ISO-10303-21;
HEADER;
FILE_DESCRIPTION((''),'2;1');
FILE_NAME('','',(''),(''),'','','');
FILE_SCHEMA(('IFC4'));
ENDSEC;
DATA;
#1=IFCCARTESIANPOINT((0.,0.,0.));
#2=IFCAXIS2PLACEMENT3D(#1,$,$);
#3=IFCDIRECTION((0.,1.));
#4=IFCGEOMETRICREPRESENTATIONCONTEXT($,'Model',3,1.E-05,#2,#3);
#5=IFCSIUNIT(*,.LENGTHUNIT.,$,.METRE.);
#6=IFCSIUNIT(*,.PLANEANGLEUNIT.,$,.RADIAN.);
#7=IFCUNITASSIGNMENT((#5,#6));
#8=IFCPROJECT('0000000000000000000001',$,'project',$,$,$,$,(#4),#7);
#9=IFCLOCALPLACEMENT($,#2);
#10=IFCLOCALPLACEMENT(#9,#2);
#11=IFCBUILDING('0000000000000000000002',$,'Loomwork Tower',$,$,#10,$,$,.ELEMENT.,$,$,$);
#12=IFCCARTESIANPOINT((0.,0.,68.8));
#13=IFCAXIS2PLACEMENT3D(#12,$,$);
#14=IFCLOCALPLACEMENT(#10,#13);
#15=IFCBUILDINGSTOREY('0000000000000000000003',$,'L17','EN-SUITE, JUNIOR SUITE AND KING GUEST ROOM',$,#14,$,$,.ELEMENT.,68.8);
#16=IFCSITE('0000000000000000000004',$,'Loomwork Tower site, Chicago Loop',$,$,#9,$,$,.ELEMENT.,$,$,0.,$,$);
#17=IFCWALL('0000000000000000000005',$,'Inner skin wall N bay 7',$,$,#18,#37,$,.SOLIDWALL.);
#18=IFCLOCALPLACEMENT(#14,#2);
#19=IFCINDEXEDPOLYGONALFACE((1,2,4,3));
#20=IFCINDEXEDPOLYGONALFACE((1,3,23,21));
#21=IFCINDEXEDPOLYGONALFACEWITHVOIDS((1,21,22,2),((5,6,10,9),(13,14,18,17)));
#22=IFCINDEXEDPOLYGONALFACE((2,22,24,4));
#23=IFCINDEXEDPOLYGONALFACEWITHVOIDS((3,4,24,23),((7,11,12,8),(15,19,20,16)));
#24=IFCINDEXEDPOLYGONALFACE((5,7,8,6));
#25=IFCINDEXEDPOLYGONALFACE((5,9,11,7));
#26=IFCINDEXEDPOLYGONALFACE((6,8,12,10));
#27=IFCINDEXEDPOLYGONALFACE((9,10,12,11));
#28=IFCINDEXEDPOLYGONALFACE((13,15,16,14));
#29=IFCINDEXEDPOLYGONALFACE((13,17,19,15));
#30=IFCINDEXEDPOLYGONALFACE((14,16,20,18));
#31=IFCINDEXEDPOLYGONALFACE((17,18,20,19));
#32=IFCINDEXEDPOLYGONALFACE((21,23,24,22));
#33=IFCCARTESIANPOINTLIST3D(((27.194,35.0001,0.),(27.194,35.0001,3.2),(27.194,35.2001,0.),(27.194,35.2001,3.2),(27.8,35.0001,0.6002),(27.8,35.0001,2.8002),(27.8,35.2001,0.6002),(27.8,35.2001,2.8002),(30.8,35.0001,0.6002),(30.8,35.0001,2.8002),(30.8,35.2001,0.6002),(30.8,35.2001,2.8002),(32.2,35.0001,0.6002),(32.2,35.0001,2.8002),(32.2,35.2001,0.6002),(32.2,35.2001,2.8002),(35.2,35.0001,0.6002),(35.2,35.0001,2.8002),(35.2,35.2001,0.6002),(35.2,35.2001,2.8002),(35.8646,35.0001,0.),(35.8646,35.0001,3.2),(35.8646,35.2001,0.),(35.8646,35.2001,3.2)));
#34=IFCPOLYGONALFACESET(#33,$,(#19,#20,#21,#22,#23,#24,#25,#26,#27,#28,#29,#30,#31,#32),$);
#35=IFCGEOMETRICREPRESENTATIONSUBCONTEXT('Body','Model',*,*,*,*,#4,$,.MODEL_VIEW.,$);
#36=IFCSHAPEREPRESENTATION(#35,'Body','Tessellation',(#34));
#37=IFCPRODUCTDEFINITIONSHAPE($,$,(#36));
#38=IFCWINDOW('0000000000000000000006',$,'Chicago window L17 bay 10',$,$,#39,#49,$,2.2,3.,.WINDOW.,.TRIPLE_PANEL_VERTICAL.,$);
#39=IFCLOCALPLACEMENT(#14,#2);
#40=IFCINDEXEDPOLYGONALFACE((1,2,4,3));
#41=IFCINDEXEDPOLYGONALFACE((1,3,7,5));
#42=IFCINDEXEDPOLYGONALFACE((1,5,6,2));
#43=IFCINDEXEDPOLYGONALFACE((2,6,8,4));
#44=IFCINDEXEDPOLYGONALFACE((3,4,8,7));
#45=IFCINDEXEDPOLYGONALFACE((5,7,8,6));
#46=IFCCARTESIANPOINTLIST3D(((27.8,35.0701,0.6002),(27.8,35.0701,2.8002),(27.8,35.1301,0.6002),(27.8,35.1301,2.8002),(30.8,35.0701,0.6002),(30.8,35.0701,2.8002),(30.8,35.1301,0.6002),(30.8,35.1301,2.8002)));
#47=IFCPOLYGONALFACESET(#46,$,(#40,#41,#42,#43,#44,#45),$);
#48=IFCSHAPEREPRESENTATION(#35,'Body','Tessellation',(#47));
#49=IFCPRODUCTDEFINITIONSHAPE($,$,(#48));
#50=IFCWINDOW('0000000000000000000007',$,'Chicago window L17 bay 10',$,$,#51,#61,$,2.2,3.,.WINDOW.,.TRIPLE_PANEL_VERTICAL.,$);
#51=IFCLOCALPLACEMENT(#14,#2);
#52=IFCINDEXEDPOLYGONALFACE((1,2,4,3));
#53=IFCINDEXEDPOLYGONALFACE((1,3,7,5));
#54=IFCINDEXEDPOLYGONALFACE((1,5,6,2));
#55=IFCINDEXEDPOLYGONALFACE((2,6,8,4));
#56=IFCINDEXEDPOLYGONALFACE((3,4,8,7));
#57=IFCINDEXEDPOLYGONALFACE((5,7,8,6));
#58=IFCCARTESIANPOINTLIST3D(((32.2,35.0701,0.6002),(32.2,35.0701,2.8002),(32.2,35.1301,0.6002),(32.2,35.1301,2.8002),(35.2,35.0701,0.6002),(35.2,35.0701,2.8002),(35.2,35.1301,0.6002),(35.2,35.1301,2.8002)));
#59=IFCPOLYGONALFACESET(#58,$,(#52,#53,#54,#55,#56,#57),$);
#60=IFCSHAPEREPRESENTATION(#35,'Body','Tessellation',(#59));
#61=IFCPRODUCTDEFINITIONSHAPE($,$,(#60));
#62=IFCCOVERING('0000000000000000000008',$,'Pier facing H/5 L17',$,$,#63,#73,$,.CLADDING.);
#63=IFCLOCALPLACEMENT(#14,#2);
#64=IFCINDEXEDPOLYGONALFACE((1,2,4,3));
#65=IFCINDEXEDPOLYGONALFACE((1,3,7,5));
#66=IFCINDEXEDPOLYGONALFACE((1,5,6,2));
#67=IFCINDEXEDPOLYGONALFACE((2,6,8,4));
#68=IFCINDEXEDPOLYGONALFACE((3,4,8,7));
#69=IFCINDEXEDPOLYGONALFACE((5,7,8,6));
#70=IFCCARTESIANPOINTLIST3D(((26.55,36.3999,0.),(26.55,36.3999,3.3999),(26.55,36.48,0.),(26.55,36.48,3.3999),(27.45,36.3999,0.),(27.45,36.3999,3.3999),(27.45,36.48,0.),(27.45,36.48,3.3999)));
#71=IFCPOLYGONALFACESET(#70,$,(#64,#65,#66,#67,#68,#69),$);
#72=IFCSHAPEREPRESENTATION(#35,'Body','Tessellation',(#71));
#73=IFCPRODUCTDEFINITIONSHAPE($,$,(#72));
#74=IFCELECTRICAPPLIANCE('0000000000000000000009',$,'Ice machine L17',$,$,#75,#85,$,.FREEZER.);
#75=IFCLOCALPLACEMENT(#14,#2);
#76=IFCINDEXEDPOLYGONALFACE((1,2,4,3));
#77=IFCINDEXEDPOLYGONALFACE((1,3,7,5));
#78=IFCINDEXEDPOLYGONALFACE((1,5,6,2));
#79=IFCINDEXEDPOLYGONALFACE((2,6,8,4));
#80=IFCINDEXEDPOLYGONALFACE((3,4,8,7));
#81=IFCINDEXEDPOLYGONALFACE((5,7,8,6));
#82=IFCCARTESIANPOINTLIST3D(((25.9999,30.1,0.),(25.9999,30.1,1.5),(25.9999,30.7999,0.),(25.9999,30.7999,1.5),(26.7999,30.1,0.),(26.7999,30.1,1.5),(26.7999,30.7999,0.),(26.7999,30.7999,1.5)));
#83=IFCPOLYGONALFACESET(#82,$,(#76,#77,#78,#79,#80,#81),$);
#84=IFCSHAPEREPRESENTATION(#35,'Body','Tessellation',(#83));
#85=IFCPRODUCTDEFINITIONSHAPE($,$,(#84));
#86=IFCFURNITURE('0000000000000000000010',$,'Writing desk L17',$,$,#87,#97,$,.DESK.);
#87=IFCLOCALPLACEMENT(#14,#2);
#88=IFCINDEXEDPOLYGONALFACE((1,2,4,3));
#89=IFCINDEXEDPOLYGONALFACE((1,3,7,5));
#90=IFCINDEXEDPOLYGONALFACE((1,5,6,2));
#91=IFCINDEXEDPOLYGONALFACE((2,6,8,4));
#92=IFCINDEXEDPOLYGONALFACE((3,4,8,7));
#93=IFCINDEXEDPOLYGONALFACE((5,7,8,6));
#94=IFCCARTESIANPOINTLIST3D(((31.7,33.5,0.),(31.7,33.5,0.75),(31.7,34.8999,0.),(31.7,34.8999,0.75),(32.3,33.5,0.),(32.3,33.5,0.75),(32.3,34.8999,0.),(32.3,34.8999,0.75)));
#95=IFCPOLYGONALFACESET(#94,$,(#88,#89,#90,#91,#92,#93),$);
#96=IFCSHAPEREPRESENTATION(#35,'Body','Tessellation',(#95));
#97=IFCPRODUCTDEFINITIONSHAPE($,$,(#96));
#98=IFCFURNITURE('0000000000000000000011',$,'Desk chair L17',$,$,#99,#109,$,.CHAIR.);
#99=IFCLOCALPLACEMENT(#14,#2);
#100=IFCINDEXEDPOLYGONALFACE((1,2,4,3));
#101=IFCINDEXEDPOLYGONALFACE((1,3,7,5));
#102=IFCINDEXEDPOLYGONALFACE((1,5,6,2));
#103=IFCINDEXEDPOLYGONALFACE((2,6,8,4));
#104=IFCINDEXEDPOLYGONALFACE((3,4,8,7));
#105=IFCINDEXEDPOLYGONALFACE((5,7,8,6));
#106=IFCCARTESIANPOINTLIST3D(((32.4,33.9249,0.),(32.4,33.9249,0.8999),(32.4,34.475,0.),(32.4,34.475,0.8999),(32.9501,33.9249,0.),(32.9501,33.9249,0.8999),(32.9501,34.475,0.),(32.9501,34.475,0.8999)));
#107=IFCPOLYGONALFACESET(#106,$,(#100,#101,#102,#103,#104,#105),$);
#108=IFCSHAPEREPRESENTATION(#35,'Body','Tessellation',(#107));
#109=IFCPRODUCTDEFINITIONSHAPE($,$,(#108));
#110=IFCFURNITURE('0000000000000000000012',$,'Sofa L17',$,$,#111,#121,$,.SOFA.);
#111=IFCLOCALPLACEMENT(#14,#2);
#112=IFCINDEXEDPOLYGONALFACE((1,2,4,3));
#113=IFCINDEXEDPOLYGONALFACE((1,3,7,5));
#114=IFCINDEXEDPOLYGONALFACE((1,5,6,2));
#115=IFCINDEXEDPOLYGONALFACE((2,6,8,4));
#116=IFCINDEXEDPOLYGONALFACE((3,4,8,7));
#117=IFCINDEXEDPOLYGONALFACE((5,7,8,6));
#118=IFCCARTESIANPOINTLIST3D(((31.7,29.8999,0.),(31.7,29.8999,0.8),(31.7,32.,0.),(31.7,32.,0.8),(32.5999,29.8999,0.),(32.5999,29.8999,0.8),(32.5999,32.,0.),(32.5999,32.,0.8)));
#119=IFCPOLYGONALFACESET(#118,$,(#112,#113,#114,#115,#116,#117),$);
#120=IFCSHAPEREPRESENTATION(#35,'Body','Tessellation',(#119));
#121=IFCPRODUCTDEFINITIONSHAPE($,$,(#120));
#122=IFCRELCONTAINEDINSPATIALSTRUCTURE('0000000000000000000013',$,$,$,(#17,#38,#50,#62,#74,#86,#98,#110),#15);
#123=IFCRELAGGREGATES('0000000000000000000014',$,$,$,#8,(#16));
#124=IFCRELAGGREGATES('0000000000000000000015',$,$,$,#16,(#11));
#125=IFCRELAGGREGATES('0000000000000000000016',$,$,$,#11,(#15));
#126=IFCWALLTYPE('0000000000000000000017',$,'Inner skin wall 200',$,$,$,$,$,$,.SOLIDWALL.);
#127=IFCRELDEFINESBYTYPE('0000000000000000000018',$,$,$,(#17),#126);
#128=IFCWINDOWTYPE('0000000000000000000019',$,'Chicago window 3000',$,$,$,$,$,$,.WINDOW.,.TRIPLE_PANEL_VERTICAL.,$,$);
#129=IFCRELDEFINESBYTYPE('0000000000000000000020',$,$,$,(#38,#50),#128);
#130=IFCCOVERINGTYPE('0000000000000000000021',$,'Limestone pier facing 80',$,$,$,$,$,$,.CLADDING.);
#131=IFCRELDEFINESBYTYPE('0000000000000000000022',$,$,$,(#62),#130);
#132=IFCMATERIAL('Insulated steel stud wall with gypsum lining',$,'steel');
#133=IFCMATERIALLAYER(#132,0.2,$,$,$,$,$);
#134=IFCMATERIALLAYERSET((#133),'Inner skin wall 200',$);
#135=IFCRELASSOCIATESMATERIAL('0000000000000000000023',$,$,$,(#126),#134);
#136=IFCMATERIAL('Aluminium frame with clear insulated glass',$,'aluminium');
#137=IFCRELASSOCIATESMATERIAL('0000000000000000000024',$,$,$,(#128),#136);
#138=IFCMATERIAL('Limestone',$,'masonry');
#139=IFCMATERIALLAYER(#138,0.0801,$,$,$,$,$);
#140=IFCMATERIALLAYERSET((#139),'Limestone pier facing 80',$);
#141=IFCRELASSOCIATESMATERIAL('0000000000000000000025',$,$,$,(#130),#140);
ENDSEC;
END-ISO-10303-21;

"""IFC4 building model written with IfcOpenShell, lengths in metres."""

from ifc_helpers import new_model, si_unit, direction, frame, frame_2d, origin, origin_2d, place, context, subcontext, project, spatial, rectangle, extrude, material, layer, layer_set, type_object, element, fill, save


model = new_model("IFC4")

# Units and contexts
model_context = context("Model", 3, precision=1e-05, world=origin(), true_north=direction((0.0, 1.0)))
body_context = subcontext(model_context, "Body", "Model", "MODEL_VIEW")
ifc_project = project(units=[si_unit("LENGTHUNIT", "METRE"), si_unit("PLANEANGLEUNIT", "RADIAN")], contexts=[model_context])

# Site, building, storey
site_placement = place(None, origin())
site = spatial("IfcSite", under=ifc_project, at=site_placement, Name="Loomwork Tower site, Chicago Loop", CompositionType="ELEMENT", RefElevation=0.0)
building_placement = place(site_placement, origin())
building = spatial("IfcBuilding", under=site, at=building_placement, Name="Loomwork Tower", CompositionType="ELEMENT")
storey_placement = place(building_placement, frame((0.0, 0.0, 68.8)))
storey = spatial("IfcBuildingStorey", under=building, at=storey_placement, Name="L17", Description="EN-SUITE, JUNIOR SUITE AND KING GUEST ROOM", CompositionType="ELEMENT", Elevation=68.8)

# Shared definitions
ifc_material_1 = material(Name="Insulated steel stud wall with gypsum lining", Category="steel")
ifc_layer_1 = layer(ifc_material_1, 0.2)
ifc_layer_set_1 = layer_set([ifc_layer_1], Name="Inner skin wall 200")
wall_type = type_object("IfcWallType", Name="Inner skin wall 200", PredefinedType="SOLIDWALL", material=ifc_layer_set_1)

# Wall, openings, windows
wall_1_placement = place(storey_placement, frame((27.1938, 35.1001, 0.0), z_axis=(0.0, 0.0, 1.0), x_axis=(1.0, 0.0, 0.0)))
wall_1 = element("IfcWall", 1, at=wall_1_placement, inside=storey, type_object=wall_type, Name="Inner skin wall N bay 7", PredefinedType="SOLIDWALL", context=body_context, shape_type="SweptSolid", body=[
    extrude(rectangle(XDim=8.6707, YDim=0.2, at=frame_2d((4.3354, 0.0))), origin(), (0.0, 0.0, 1.0), 3.2),
])
opening_1_placement = place(wall_1_placement, frame((0.6062, 0.0, 0.6001)))
opening_1 = element("IfcOpeningElement", 2, at=opening_1_placement, cuts=wall_1, PredefinedType="OPENING", context=body_context, shape_type="SweptSolid", body=[
    extrude(rectangle(XDim=3.0, YDim=2.2, at=frame_2d((1.5, 1.1001))), frame((0.0, 0.1099, 0.0), z_axis=(0.0, -1.0, 0.0), x_axis=(1.0, 0.0, 0.0)), (0.0, 0.0, 1.0), 0.22),
])
opening_2_placement = place(wall_1_placement, frame((5.0061, 0.0, 0.6001)))
opening_2 = element("IfcOpeningElement", 3, at=opening_2_placement, cuts=wall_1, PredefinedType="OPENING", context=body_context, shape_type="SweptSolid", body=[
    extrude(rectangle(XDim=3.0, YDim=2.2, at=frame_2d((1.5, 1.1001))), frame((0.0, 0.1099, 0.0), z_axis=(0.0, -1.0, 0.0), x_axis=(1.0, 0.0, 0.0)), (0.0, 0.0, 1.0), 0.22),
])
ifc_material_2 = material(Name="Aluminium frame with clear insulated glass", Category="aluminium")
window_type = type_object("IfcWindowType", Name="Chicago window 3000", PartitioningType="TRIPLE_PANEL_VERTICAL", PredefinedType="WINDOW", material=ifc_material_2)
window_1_placement = place(opening_1_placement, origin())
window_1 = element("IfcWindow", 4, at=window_1_placement, inside=storey, type_object=window_type, Name="Chicago window L17 bay 10", OverallHeight=2.2, OverallWidth=3.0, PartitioningType="TRIPLE_PANEL_VERTICAL", PredefinedType="WINDOW", context=body_context, shape_type="SweptSolid", body=[
    extrude(rectangle(XDim=3.0, YDim=2.2, at=frame_2d((1.5, 1.1001))), frame((0.0, 0.03, 0.0), z_axis=(0.0, -1.0, 0.0), x_axis=(1.0, 0.0, 0.0)), (0.0, 0.0, 1.0), 0.0601),
])
fill(opening_1, window_1)
window_2_placement = place(opening_2_placement, origin())
window_2 = element("IfcWindow", 5, at=window_2_placement, inside=storey, type_object=window_type, Name="Chicago window L17 bay 10", OverallHeight=2.2, OverallWidth=3.0, PartitioningType="TRIPLE_PANEL_VERTICAL", PredefinedType="WINDOW", context=body_context, shape_type="SweptSolid", body=[
    extrude(rectangle(XDim=3.0, YDim=2.2, at=frame_2d((1.5, 1.1001))), frame((0.0, 0.03, 0.0), z_axis=(0.0, -1.0, 0.0), x_axis=(1.0, 0.0, 0.0)), (0.0, 0.0, 1.0), 0.0601),
])
fill(opening_2, window_2)

# Covering
ifc_material_3 = material(Name="Limestone", Category="masonry")
ifc_layer_2 = layer(ifc_material_3, 0.0801)
ifc_layer_set_2 = layer_set([ifc_layer_2], Name="Limestone pier facing 80")
covering_type = type_object("IfcCoveringType", Name="Limestone pier facing 80", PredefinedType="CLADDING", material=ifc_layer_set_2)
covering_placement = place(storey_placement, frame((27.0, 36.4399, 0.0), z_axis=(0.0, 0.0, 1.0), x_axis=(1.0, 0.0, 0.0)))
element("IfcCovering", 6, at=covering_placement, inside=storey, type_object=covering_type, Name="Pier facing H/5 L17", PredefinedType="CLADDING", context=body_context, shape_type="SweptSolid", body=[
    extrude(rectangle(XDim=0.8999, YDim=0.0801, at=origin_2d()), origin(), (0.0, 0.0, 1.0), 3.3999),
])

# Electric appliance
electric_appliance_placement = place(storey_placement, frame((26.3999, 30.45, 0.0), z_axis=(0.0, 0.0, 1.0), x_axis=(1.0, 0.0, 0.0)))
element("IfcElectricAppliance", 7, at=electric_appliance_placement, inside=storey, Name="Ice machine L17", PredefinedType="FREEZER", context=body_context, shape_type="SweptSolid", body=[
    extrude(rectangle(XDim=0.8, YDim=0.7, at=origin_2d()), origin(), (0.0, 0.0, 1.0), 1.5),
])

# Furniture
furniture_1_placement = place(storey_placement, frame((32.0, 34.2, 0.0), z_axis=(0.0, 0.0, 1.0), x_axis=(1.0, 0.0, 0.0)))
element("IfcFurniture", 8, at=furniture_1_placement, inside=storey, Name="Writing desk L17", PredefinedType="DESK", context=body_context, shape_type="SweptSolid", body=[
    extrude(rectangle(XDim=0.6001, YDim=1.3999, at=origin_2d()), origin(), (0.0, 0.0, 1.0), 0.75),
])
furniture_2_placement = place(storey_placement, frame((32.675, 34.2, 0.0), z_axis=(0.0, 0.0, 1.0), x_axis=(1.0, 0.0, 0.0)))
element("IfcFurniture", 9, at=furniture_2_placement, inside=storey, Name="Desk chair L17", PredefinedType="CHAIR", context=body_context, shape_type="SweptSolid", body=[
    extrude(rectangle(XDim=0.55, YDim=0.55, at=origin_2d()), origin(), (0.0, 0.0, 1.0), 0.8999),
])
furniture_3_placement = place(storey_placement, frame((32.1499, 30.95, 0.0), z_axis=(0.0, 0.0, 1.0), x_axis=(1.0, 0.0, 0.0)))
element("IfcFurniture", 10, at=furniture_3_placement, inside=storey, Name="Sofa L17", PredefinedType="SOFA", context=body_context, shape_type="SweptSolid", body=[
    extrude(rectangle(XDim=0.8999, YDim=2.1001, at=origin_2d()), origin(), (0.0, 0.0, 1.0), 0.8),
])

save(model, "model.ifc")
